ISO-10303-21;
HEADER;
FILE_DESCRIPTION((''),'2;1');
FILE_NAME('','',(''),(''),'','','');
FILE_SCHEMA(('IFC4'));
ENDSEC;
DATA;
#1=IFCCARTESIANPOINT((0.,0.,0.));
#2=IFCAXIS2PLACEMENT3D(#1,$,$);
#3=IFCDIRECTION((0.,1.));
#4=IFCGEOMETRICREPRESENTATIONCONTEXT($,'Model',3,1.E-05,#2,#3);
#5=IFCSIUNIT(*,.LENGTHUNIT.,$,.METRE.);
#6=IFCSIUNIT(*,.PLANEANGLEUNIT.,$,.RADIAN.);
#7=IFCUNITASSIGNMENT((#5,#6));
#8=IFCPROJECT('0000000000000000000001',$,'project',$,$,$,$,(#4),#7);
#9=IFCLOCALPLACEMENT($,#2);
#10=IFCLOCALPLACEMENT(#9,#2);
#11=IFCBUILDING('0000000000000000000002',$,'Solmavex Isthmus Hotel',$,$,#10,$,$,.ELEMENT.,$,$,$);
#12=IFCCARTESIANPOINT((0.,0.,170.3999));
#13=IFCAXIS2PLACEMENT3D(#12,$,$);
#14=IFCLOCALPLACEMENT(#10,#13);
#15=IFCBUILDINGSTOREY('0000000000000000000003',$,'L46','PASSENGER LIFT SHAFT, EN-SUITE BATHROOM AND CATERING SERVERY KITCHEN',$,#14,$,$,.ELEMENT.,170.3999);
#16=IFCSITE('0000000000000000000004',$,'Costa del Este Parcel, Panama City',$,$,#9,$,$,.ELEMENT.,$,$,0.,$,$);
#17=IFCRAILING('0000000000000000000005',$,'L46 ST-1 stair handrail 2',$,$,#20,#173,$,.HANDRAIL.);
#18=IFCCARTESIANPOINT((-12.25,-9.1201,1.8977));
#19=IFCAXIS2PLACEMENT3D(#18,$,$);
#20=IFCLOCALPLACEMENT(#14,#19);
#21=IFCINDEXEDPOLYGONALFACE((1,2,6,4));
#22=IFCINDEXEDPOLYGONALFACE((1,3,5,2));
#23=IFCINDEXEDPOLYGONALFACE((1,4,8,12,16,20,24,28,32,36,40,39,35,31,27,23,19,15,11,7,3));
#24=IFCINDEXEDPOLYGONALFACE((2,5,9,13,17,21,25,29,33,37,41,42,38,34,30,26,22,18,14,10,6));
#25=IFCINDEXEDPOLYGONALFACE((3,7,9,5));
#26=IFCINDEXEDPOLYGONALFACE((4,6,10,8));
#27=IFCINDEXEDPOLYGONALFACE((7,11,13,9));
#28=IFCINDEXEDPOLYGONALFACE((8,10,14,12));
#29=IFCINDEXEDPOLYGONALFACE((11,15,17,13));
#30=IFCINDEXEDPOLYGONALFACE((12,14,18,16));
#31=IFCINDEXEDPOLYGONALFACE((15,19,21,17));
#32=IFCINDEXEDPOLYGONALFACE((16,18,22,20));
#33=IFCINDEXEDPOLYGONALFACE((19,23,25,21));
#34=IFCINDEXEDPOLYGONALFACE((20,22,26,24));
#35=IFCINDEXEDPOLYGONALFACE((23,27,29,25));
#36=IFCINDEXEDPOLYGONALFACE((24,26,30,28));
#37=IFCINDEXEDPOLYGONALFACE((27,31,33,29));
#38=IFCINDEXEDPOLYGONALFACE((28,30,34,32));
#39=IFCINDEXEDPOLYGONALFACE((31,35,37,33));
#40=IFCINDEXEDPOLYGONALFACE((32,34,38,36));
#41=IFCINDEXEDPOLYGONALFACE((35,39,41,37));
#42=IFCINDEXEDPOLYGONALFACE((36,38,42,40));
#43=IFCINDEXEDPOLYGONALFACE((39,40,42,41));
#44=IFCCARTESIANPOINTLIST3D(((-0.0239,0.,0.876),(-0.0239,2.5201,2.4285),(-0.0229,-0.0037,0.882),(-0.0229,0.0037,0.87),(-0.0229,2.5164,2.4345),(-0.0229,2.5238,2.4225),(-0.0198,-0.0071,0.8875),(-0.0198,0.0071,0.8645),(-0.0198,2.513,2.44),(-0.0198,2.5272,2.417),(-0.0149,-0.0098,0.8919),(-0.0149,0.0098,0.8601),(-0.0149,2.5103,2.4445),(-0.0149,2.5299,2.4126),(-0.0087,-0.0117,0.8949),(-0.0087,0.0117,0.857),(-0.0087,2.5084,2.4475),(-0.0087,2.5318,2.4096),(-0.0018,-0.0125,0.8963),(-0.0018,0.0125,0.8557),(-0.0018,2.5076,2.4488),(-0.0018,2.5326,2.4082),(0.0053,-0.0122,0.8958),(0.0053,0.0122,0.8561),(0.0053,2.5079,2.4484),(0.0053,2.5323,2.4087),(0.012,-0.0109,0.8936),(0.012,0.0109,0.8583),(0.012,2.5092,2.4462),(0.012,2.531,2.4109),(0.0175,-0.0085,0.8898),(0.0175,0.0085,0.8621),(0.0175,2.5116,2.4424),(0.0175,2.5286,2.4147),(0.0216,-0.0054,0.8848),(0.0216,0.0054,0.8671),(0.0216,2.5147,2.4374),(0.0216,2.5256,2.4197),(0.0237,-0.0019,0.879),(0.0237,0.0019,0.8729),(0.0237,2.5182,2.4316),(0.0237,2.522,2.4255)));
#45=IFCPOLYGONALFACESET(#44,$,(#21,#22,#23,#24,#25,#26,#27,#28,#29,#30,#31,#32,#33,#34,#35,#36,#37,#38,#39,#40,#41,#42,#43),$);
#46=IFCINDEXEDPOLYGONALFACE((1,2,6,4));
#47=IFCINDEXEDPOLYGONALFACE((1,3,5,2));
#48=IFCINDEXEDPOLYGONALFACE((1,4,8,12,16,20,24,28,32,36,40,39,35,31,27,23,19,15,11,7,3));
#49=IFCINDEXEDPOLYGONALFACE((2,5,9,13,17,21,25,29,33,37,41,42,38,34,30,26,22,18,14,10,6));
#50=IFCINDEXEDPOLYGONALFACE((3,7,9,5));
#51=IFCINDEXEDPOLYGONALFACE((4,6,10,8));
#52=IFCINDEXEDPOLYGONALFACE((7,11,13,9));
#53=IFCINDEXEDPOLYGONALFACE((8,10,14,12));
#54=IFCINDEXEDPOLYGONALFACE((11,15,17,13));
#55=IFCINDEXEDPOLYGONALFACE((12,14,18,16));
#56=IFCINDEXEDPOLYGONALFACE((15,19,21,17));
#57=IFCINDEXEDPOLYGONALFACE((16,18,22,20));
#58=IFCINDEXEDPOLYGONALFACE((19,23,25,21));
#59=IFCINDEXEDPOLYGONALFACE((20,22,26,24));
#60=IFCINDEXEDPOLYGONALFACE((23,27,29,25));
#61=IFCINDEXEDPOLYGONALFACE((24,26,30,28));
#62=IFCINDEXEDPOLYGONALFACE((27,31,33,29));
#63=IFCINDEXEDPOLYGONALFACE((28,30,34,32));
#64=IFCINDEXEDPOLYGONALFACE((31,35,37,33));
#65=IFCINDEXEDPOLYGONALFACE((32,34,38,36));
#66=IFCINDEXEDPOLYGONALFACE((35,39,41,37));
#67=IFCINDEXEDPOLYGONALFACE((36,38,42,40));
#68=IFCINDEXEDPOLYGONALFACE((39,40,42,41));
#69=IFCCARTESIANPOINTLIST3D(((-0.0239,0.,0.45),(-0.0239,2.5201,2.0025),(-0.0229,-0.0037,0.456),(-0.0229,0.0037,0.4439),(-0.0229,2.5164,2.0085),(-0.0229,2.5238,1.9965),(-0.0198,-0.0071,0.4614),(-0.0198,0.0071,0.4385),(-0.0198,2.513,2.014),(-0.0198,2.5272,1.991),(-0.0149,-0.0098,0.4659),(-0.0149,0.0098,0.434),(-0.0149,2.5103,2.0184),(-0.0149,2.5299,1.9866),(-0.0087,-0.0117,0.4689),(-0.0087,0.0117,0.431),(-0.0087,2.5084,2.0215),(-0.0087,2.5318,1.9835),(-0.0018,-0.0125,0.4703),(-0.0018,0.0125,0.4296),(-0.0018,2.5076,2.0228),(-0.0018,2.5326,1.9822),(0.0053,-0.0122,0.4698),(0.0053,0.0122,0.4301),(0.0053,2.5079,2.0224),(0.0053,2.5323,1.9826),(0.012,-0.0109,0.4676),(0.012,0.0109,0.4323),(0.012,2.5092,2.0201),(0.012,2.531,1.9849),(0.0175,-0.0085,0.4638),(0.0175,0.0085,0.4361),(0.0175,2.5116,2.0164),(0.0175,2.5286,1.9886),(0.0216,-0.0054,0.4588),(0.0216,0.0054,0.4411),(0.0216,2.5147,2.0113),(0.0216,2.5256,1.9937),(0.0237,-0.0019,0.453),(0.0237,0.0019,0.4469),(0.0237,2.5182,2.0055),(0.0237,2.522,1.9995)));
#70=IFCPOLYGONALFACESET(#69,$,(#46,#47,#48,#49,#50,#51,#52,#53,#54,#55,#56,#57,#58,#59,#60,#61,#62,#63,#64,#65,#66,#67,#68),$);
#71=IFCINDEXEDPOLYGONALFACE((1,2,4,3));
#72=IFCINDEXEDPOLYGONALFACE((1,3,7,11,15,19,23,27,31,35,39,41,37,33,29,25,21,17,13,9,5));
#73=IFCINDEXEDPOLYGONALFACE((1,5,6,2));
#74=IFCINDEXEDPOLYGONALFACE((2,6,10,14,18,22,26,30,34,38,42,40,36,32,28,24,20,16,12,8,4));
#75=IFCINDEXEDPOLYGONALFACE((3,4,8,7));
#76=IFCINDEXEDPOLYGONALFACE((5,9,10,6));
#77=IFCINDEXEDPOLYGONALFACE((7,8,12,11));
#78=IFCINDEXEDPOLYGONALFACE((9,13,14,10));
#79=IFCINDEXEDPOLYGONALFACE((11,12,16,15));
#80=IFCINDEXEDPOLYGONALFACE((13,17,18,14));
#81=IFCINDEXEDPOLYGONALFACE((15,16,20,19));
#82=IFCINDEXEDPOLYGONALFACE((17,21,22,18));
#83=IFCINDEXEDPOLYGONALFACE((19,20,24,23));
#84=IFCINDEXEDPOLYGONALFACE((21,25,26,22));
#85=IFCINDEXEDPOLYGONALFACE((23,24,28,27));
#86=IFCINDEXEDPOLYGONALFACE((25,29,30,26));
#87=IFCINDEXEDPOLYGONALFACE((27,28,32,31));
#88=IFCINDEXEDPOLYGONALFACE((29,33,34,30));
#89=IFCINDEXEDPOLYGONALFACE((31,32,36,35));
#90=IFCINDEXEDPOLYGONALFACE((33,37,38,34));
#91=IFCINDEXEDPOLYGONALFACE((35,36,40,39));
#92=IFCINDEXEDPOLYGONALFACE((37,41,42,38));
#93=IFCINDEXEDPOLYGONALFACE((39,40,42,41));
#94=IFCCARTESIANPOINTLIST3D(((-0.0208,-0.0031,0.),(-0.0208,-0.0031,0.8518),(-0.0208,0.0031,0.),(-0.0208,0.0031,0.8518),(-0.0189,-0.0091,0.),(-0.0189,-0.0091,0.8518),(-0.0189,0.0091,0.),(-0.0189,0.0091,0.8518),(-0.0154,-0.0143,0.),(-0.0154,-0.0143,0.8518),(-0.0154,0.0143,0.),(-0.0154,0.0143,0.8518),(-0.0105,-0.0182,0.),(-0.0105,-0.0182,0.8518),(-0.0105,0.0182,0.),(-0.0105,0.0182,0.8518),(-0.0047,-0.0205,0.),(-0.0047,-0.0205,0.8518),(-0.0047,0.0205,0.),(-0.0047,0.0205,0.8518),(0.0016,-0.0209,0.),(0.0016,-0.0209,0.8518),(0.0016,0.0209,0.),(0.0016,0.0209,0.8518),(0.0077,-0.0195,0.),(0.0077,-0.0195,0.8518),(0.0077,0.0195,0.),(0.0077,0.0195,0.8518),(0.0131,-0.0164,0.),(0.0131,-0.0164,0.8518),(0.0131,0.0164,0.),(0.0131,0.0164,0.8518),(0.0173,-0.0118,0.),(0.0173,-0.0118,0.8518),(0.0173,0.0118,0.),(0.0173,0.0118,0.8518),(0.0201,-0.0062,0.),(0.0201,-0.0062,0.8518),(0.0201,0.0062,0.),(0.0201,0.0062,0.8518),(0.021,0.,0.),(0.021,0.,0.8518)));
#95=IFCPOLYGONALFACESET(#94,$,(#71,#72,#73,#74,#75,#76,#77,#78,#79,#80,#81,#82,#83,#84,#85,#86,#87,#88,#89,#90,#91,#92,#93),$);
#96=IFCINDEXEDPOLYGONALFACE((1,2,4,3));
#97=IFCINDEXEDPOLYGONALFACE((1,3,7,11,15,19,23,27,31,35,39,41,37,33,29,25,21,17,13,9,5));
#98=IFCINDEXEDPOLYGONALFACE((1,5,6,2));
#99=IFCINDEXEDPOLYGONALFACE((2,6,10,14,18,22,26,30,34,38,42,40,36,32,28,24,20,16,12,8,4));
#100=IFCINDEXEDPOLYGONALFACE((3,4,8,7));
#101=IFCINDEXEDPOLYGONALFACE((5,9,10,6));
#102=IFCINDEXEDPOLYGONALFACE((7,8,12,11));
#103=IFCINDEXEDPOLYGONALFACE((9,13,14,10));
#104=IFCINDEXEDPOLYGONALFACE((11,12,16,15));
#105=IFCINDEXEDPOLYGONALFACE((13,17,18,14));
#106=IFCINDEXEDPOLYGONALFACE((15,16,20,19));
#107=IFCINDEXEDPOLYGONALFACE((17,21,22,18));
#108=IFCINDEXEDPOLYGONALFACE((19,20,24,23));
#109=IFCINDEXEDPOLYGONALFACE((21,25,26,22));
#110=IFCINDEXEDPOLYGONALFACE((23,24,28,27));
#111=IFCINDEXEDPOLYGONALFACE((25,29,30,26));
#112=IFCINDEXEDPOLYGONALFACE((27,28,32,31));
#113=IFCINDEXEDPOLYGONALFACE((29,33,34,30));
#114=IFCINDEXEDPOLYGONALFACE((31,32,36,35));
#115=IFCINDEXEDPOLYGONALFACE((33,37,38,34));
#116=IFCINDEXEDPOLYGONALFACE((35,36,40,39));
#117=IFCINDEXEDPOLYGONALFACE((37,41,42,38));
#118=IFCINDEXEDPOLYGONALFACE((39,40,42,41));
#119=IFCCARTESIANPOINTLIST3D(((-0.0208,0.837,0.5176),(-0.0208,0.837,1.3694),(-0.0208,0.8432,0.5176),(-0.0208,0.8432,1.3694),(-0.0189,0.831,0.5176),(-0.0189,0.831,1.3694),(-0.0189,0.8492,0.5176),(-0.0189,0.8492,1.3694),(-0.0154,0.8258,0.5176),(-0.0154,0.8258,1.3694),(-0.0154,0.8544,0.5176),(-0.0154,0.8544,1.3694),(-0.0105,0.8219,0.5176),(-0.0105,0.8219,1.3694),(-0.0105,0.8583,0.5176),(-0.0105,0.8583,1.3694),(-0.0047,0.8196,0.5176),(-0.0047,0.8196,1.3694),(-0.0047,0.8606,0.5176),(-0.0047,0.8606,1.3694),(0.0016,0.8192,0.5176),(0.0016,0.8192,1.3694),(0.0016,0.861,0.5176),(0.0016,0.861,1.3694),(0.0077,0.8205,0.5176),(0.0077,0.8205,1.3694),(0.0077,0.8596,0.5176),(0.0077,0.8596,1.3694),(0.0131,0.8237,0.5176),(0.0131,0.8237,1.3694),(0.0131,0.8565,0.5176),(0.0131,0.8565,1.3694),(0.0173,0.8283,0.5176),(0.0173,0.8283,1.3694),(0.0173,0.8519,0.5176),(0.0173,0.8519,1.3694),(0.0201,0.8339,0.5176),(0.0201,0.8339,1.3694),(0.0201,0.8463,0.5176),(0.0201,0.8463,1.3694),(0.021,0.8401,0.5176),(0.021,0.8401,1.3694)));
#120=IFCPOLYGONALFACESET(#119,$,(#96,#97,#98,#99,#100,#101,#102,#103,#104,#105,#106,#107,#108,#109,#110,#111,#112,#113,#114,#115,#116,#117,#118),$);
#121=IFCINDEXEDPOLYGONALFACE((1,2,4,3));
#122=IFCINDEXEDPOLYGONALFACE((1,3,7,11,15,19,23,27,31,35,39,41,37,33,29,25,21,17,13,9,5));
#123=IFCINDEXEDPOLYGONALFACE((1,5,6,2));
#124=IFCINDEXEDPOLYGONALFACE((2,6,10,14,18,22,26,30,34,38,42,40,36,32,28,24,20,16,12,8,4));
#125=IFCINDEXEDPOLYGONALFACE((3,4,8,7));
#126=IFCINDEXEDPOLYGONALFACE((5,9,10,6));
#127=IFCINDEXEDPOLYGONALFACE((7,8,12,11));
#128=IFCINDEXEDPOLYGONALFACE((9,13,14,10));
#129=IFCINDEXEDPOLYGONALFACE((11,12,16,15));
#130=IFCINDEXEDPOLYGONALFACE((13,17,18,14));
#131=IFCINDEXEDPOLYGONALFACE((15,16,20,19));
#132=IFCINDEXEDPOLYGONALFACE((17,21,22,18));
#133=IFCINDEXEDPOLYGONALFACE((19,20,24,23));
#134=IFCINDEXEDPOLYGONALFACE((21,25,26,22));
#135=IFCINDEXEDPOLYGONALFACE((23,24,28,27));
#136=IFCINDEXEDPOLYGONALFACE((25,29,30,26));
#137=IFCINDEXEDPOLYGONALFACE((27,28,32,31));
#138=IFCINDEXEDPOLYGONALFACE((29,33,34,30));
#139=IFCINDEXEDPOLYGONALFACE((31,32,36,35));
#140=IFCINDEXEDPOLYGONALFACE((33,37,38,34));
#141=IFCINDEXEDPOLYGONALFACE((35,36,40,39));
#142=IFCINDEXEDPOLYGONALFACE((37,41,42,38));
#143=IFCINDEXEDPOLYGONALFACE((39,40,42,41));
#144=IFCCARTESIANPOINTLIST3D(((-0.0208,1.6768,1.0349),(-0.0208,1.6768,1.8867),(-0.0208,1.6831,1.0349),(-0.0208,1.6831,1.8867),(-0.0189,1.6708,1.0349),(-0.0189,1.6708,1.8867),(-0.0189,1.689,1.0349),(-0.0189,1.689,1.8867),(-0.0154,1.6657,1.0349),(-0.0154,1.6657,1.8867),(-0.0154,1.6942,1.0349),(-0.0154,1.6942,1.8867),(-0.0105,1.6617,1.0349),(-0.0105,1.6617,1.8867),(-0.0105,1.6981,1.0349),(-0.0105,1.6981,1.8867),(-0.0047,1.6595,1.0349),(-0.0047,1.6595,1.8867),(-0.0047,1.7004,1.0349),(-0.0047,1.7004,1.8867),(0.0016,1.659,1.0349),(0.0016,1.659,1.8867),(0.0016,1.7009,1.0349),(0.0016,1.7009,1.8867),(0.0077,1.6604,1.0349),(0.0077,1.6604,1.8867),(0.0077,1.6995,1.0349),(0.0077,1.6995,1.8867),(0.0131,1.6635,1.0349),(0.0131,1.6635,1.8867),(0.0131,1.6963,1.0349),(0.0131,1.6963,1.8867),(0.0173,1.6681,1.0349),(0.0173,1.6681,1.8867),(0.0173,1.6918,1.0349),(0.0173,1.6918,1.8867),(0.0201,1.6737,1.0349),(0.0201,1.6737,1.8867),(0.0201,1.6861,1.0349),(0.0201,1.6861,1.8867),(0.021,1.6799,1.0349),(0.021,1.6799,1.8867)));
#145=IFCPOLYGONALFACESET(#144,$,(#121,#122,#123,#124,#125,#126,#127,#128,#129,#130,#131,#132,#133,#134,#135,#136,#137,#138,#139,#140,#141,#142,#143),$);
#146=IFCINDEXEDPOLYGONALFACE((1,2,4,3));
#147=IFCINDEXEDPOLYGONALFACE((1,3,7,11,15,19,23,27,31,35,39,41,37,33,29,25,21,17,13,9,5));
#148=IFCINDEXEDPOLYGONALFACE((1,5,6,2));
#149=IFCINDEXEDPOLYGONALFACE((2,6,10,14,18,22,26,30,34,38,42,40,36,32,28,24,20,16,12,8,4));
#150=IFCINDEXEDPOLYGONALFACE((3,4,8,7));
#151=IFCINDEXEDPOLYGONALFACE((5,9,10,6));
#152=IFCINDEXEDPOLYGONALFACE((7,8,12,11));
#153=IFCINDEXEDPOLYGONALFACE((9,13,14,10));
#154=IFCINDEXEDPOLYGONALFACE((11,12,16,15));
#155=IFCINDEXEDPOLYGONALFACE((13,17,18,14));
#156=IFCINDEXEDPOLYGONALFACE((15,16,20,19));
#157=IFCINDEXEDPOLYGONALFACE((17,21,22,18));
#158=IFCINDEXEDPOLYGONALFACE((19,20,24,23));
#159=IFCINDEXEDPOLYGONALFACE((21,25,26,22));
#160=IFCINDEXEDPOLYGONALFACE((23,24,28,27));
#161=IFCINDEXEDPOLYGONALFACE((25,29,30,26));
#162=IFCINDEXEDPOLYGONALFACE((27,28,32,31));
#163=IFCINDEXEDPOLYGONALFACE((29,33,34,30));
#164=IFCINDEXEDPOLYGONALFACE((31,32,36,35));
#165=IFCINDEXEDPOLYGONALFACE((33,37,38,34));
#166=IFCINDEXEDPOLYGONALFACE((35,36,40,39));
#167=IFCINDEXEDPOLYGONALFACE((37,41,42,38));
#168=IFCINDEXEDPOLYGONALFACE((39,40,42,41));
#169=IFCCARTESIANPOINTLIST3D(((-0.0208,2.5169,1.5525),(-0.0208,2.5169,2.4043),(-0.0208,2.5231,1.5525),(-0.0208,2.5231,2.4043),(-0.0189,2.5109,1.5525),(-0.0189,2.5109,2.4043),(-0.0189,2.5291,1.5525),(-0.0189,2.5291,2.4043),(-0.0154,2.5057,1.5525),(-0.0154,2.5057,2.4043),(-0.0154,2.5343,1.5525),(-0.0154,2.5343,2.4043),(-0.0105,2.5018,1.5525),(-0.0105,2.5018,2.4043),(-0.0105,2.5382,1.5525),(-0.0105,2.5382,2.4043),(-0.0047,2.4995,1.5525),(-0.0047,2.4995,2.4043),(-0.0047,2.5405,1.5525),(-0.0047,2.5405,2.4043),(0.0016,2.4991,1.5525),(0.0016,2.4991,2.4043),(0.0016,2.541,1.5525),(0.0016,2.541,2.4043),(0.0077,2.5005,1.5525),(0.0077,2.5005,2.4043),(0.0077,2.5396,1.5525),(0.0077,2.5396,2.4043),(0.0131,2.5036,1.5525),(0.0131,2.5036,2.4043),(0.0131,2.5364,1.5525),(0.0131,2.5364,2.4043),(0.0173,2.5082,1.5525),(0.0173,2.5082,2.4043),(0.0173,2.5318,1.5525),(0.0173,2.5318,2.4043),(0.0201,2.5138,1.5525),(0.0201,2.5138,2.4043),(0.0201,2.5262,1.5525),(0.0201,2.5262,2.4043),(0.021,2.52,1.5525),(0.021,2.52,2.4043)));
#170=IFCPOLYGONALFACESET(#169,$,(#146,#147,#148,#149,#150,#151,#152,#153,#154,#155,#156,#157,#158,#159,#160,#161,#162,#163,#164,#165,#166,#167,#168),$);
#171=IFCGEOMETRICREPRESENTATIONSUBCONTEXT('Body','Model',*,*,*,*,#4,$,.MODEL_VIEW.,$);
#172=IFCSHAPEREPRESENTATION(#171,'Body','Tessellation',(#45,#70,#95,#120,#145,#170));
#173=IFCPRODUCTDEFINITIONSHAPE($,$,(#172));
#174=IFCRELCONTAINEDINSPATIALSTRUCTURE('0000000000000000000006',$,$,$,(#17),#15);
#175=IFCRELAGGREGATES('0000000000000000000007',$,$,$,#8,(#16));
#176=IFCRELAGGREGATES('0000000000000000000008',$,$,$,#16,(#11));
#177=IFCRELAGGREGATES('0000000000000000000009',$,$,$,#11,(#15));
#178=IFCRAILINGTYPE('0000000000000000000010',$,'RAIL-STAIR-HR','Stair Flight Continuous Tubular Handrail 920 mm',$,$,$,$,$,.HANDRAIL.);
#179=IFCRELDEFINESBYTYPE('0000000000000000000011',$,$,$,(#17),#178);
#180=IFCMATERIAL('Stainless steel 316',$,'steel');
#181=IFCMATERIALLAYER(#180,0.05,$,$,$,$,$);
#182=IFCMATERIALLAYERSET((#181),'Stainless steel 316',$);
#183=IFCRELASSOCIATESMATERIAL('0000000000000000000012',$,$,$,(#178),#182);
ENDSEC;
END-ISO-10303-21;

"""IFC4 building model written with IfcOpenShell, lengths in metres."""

from ifc_helpers import new_model, si_unit, direction, frame, origin, origin_2d, place, context, subcontext, project, spatial, circle, extrude, material, layer, layer_set, type_object, element, save


model = new_model("IFC4")

# Units and contexts
model_context = context("Model", 3, precision=1e-05, world=origin(), true_north=direction((0.0, 1.0)))
body_context = subcontext(model_context, "Body", "Model", "MODEL_VIEW")
ifc_project = project(units=[si_unit("LENGTHUNIT", "METRE"), si_unit("PLANEANGLEUNIT", "RADIAN")], contexts=[model_context])

# Site, building, storey
site_placement = place(None, origin())
site = spatial("IfcSite", under=ifc_project, at=site_placement, Name="Costa del Este Parcel, Panama City", CompositionType="ELEMENT", RefElevation=0.0)
building_placement = place(site_placement, origin())
building = spatial("IfcBuilding", under=site, at=building_placement, Name="Solmavex Isthmus Hotel", CompositionType="ELEMENT")
storey_placement = place(building_placement, frame((0.0, 0.0, 170.3999)))
storey = spatial("IfcBuildingStorey", under=building, at=storey_placement, Name="L46", Description="PASSENGER LIFT SHAFT, EN-SUITE BATHROOM AND CATERING SERVERY KITCHEN", CompositionType="ELEMENT", Elevation=170.3999)

# Railing
ifc_material_1 = material(Name="Stainless steel 316", Category="steel")
ifc_layer_1 = layer(ifc_material_1, 0.05)
ifc_layer_set_1 = layer_set([ifc_layer_1], Name="Stainless steel 316")
railing_type_1 = type_object("IfcRailingType", Name="RAIL-STAIR-HR", Description="Stair Flight Continuous Tubular Handrail 920 mm", PredefinedType="HANDRAIL", material=ifc_layer_set_1)
railing_1_placement = place(storey_placement, frame((-12.25, -9.1201, 1.8977)))
element("IfcRailing", 1, at=railing_1_placement, inside=storey, type_object=railing_type_1, Name="L46 ST-1 stair handrail 2", PredefinedType="HANDRAIL", context=body_context, shape_type="SweptSolid", body=[
    extrude(circle(Radius=0.0239, at=origin_2d()), frame((0.0, 0.0, 0.876), z_axis=(0.0, 0.8514, 0.524516), x_axis=(-1.0, 0.0, 0.0)), (0.0, 0.0, 1.0), 2.96),
    extrude(circle(Radius=0.0239, at=origin_2d()), frame((0.0, 0.0, 0.45), z_axis=(0.0, 0.8514, 0.524516), x_axis=(-1.0, 0.0, 0.0)), (0.0, 0.0, 1.0), 2.96),
    extrude(circle(Radius=0.021, at=origin_2d()), origin(), (0.0, 0.0, 1.0), 0.8518),
    extrude(circle(Radius=0.021, at=origin_2d()), frame((0.0, 0.8401, 0.5176)), (0.0, 0.0, 1.0), 0.8518),
    extrude(circle(Radius=0.021, at=origin_2d()), frame((0.0, 1.6799, 1.0349)), (0.0, 0.0, 1.0), 0.8518),
    extrude(circle(Radius=0.021, at=origin_2d()), frame((0.0, 2.52, 1.5525)), (0.0, 0.0, 1.0), 0.8518),
])

save(model, "model.ifc")
